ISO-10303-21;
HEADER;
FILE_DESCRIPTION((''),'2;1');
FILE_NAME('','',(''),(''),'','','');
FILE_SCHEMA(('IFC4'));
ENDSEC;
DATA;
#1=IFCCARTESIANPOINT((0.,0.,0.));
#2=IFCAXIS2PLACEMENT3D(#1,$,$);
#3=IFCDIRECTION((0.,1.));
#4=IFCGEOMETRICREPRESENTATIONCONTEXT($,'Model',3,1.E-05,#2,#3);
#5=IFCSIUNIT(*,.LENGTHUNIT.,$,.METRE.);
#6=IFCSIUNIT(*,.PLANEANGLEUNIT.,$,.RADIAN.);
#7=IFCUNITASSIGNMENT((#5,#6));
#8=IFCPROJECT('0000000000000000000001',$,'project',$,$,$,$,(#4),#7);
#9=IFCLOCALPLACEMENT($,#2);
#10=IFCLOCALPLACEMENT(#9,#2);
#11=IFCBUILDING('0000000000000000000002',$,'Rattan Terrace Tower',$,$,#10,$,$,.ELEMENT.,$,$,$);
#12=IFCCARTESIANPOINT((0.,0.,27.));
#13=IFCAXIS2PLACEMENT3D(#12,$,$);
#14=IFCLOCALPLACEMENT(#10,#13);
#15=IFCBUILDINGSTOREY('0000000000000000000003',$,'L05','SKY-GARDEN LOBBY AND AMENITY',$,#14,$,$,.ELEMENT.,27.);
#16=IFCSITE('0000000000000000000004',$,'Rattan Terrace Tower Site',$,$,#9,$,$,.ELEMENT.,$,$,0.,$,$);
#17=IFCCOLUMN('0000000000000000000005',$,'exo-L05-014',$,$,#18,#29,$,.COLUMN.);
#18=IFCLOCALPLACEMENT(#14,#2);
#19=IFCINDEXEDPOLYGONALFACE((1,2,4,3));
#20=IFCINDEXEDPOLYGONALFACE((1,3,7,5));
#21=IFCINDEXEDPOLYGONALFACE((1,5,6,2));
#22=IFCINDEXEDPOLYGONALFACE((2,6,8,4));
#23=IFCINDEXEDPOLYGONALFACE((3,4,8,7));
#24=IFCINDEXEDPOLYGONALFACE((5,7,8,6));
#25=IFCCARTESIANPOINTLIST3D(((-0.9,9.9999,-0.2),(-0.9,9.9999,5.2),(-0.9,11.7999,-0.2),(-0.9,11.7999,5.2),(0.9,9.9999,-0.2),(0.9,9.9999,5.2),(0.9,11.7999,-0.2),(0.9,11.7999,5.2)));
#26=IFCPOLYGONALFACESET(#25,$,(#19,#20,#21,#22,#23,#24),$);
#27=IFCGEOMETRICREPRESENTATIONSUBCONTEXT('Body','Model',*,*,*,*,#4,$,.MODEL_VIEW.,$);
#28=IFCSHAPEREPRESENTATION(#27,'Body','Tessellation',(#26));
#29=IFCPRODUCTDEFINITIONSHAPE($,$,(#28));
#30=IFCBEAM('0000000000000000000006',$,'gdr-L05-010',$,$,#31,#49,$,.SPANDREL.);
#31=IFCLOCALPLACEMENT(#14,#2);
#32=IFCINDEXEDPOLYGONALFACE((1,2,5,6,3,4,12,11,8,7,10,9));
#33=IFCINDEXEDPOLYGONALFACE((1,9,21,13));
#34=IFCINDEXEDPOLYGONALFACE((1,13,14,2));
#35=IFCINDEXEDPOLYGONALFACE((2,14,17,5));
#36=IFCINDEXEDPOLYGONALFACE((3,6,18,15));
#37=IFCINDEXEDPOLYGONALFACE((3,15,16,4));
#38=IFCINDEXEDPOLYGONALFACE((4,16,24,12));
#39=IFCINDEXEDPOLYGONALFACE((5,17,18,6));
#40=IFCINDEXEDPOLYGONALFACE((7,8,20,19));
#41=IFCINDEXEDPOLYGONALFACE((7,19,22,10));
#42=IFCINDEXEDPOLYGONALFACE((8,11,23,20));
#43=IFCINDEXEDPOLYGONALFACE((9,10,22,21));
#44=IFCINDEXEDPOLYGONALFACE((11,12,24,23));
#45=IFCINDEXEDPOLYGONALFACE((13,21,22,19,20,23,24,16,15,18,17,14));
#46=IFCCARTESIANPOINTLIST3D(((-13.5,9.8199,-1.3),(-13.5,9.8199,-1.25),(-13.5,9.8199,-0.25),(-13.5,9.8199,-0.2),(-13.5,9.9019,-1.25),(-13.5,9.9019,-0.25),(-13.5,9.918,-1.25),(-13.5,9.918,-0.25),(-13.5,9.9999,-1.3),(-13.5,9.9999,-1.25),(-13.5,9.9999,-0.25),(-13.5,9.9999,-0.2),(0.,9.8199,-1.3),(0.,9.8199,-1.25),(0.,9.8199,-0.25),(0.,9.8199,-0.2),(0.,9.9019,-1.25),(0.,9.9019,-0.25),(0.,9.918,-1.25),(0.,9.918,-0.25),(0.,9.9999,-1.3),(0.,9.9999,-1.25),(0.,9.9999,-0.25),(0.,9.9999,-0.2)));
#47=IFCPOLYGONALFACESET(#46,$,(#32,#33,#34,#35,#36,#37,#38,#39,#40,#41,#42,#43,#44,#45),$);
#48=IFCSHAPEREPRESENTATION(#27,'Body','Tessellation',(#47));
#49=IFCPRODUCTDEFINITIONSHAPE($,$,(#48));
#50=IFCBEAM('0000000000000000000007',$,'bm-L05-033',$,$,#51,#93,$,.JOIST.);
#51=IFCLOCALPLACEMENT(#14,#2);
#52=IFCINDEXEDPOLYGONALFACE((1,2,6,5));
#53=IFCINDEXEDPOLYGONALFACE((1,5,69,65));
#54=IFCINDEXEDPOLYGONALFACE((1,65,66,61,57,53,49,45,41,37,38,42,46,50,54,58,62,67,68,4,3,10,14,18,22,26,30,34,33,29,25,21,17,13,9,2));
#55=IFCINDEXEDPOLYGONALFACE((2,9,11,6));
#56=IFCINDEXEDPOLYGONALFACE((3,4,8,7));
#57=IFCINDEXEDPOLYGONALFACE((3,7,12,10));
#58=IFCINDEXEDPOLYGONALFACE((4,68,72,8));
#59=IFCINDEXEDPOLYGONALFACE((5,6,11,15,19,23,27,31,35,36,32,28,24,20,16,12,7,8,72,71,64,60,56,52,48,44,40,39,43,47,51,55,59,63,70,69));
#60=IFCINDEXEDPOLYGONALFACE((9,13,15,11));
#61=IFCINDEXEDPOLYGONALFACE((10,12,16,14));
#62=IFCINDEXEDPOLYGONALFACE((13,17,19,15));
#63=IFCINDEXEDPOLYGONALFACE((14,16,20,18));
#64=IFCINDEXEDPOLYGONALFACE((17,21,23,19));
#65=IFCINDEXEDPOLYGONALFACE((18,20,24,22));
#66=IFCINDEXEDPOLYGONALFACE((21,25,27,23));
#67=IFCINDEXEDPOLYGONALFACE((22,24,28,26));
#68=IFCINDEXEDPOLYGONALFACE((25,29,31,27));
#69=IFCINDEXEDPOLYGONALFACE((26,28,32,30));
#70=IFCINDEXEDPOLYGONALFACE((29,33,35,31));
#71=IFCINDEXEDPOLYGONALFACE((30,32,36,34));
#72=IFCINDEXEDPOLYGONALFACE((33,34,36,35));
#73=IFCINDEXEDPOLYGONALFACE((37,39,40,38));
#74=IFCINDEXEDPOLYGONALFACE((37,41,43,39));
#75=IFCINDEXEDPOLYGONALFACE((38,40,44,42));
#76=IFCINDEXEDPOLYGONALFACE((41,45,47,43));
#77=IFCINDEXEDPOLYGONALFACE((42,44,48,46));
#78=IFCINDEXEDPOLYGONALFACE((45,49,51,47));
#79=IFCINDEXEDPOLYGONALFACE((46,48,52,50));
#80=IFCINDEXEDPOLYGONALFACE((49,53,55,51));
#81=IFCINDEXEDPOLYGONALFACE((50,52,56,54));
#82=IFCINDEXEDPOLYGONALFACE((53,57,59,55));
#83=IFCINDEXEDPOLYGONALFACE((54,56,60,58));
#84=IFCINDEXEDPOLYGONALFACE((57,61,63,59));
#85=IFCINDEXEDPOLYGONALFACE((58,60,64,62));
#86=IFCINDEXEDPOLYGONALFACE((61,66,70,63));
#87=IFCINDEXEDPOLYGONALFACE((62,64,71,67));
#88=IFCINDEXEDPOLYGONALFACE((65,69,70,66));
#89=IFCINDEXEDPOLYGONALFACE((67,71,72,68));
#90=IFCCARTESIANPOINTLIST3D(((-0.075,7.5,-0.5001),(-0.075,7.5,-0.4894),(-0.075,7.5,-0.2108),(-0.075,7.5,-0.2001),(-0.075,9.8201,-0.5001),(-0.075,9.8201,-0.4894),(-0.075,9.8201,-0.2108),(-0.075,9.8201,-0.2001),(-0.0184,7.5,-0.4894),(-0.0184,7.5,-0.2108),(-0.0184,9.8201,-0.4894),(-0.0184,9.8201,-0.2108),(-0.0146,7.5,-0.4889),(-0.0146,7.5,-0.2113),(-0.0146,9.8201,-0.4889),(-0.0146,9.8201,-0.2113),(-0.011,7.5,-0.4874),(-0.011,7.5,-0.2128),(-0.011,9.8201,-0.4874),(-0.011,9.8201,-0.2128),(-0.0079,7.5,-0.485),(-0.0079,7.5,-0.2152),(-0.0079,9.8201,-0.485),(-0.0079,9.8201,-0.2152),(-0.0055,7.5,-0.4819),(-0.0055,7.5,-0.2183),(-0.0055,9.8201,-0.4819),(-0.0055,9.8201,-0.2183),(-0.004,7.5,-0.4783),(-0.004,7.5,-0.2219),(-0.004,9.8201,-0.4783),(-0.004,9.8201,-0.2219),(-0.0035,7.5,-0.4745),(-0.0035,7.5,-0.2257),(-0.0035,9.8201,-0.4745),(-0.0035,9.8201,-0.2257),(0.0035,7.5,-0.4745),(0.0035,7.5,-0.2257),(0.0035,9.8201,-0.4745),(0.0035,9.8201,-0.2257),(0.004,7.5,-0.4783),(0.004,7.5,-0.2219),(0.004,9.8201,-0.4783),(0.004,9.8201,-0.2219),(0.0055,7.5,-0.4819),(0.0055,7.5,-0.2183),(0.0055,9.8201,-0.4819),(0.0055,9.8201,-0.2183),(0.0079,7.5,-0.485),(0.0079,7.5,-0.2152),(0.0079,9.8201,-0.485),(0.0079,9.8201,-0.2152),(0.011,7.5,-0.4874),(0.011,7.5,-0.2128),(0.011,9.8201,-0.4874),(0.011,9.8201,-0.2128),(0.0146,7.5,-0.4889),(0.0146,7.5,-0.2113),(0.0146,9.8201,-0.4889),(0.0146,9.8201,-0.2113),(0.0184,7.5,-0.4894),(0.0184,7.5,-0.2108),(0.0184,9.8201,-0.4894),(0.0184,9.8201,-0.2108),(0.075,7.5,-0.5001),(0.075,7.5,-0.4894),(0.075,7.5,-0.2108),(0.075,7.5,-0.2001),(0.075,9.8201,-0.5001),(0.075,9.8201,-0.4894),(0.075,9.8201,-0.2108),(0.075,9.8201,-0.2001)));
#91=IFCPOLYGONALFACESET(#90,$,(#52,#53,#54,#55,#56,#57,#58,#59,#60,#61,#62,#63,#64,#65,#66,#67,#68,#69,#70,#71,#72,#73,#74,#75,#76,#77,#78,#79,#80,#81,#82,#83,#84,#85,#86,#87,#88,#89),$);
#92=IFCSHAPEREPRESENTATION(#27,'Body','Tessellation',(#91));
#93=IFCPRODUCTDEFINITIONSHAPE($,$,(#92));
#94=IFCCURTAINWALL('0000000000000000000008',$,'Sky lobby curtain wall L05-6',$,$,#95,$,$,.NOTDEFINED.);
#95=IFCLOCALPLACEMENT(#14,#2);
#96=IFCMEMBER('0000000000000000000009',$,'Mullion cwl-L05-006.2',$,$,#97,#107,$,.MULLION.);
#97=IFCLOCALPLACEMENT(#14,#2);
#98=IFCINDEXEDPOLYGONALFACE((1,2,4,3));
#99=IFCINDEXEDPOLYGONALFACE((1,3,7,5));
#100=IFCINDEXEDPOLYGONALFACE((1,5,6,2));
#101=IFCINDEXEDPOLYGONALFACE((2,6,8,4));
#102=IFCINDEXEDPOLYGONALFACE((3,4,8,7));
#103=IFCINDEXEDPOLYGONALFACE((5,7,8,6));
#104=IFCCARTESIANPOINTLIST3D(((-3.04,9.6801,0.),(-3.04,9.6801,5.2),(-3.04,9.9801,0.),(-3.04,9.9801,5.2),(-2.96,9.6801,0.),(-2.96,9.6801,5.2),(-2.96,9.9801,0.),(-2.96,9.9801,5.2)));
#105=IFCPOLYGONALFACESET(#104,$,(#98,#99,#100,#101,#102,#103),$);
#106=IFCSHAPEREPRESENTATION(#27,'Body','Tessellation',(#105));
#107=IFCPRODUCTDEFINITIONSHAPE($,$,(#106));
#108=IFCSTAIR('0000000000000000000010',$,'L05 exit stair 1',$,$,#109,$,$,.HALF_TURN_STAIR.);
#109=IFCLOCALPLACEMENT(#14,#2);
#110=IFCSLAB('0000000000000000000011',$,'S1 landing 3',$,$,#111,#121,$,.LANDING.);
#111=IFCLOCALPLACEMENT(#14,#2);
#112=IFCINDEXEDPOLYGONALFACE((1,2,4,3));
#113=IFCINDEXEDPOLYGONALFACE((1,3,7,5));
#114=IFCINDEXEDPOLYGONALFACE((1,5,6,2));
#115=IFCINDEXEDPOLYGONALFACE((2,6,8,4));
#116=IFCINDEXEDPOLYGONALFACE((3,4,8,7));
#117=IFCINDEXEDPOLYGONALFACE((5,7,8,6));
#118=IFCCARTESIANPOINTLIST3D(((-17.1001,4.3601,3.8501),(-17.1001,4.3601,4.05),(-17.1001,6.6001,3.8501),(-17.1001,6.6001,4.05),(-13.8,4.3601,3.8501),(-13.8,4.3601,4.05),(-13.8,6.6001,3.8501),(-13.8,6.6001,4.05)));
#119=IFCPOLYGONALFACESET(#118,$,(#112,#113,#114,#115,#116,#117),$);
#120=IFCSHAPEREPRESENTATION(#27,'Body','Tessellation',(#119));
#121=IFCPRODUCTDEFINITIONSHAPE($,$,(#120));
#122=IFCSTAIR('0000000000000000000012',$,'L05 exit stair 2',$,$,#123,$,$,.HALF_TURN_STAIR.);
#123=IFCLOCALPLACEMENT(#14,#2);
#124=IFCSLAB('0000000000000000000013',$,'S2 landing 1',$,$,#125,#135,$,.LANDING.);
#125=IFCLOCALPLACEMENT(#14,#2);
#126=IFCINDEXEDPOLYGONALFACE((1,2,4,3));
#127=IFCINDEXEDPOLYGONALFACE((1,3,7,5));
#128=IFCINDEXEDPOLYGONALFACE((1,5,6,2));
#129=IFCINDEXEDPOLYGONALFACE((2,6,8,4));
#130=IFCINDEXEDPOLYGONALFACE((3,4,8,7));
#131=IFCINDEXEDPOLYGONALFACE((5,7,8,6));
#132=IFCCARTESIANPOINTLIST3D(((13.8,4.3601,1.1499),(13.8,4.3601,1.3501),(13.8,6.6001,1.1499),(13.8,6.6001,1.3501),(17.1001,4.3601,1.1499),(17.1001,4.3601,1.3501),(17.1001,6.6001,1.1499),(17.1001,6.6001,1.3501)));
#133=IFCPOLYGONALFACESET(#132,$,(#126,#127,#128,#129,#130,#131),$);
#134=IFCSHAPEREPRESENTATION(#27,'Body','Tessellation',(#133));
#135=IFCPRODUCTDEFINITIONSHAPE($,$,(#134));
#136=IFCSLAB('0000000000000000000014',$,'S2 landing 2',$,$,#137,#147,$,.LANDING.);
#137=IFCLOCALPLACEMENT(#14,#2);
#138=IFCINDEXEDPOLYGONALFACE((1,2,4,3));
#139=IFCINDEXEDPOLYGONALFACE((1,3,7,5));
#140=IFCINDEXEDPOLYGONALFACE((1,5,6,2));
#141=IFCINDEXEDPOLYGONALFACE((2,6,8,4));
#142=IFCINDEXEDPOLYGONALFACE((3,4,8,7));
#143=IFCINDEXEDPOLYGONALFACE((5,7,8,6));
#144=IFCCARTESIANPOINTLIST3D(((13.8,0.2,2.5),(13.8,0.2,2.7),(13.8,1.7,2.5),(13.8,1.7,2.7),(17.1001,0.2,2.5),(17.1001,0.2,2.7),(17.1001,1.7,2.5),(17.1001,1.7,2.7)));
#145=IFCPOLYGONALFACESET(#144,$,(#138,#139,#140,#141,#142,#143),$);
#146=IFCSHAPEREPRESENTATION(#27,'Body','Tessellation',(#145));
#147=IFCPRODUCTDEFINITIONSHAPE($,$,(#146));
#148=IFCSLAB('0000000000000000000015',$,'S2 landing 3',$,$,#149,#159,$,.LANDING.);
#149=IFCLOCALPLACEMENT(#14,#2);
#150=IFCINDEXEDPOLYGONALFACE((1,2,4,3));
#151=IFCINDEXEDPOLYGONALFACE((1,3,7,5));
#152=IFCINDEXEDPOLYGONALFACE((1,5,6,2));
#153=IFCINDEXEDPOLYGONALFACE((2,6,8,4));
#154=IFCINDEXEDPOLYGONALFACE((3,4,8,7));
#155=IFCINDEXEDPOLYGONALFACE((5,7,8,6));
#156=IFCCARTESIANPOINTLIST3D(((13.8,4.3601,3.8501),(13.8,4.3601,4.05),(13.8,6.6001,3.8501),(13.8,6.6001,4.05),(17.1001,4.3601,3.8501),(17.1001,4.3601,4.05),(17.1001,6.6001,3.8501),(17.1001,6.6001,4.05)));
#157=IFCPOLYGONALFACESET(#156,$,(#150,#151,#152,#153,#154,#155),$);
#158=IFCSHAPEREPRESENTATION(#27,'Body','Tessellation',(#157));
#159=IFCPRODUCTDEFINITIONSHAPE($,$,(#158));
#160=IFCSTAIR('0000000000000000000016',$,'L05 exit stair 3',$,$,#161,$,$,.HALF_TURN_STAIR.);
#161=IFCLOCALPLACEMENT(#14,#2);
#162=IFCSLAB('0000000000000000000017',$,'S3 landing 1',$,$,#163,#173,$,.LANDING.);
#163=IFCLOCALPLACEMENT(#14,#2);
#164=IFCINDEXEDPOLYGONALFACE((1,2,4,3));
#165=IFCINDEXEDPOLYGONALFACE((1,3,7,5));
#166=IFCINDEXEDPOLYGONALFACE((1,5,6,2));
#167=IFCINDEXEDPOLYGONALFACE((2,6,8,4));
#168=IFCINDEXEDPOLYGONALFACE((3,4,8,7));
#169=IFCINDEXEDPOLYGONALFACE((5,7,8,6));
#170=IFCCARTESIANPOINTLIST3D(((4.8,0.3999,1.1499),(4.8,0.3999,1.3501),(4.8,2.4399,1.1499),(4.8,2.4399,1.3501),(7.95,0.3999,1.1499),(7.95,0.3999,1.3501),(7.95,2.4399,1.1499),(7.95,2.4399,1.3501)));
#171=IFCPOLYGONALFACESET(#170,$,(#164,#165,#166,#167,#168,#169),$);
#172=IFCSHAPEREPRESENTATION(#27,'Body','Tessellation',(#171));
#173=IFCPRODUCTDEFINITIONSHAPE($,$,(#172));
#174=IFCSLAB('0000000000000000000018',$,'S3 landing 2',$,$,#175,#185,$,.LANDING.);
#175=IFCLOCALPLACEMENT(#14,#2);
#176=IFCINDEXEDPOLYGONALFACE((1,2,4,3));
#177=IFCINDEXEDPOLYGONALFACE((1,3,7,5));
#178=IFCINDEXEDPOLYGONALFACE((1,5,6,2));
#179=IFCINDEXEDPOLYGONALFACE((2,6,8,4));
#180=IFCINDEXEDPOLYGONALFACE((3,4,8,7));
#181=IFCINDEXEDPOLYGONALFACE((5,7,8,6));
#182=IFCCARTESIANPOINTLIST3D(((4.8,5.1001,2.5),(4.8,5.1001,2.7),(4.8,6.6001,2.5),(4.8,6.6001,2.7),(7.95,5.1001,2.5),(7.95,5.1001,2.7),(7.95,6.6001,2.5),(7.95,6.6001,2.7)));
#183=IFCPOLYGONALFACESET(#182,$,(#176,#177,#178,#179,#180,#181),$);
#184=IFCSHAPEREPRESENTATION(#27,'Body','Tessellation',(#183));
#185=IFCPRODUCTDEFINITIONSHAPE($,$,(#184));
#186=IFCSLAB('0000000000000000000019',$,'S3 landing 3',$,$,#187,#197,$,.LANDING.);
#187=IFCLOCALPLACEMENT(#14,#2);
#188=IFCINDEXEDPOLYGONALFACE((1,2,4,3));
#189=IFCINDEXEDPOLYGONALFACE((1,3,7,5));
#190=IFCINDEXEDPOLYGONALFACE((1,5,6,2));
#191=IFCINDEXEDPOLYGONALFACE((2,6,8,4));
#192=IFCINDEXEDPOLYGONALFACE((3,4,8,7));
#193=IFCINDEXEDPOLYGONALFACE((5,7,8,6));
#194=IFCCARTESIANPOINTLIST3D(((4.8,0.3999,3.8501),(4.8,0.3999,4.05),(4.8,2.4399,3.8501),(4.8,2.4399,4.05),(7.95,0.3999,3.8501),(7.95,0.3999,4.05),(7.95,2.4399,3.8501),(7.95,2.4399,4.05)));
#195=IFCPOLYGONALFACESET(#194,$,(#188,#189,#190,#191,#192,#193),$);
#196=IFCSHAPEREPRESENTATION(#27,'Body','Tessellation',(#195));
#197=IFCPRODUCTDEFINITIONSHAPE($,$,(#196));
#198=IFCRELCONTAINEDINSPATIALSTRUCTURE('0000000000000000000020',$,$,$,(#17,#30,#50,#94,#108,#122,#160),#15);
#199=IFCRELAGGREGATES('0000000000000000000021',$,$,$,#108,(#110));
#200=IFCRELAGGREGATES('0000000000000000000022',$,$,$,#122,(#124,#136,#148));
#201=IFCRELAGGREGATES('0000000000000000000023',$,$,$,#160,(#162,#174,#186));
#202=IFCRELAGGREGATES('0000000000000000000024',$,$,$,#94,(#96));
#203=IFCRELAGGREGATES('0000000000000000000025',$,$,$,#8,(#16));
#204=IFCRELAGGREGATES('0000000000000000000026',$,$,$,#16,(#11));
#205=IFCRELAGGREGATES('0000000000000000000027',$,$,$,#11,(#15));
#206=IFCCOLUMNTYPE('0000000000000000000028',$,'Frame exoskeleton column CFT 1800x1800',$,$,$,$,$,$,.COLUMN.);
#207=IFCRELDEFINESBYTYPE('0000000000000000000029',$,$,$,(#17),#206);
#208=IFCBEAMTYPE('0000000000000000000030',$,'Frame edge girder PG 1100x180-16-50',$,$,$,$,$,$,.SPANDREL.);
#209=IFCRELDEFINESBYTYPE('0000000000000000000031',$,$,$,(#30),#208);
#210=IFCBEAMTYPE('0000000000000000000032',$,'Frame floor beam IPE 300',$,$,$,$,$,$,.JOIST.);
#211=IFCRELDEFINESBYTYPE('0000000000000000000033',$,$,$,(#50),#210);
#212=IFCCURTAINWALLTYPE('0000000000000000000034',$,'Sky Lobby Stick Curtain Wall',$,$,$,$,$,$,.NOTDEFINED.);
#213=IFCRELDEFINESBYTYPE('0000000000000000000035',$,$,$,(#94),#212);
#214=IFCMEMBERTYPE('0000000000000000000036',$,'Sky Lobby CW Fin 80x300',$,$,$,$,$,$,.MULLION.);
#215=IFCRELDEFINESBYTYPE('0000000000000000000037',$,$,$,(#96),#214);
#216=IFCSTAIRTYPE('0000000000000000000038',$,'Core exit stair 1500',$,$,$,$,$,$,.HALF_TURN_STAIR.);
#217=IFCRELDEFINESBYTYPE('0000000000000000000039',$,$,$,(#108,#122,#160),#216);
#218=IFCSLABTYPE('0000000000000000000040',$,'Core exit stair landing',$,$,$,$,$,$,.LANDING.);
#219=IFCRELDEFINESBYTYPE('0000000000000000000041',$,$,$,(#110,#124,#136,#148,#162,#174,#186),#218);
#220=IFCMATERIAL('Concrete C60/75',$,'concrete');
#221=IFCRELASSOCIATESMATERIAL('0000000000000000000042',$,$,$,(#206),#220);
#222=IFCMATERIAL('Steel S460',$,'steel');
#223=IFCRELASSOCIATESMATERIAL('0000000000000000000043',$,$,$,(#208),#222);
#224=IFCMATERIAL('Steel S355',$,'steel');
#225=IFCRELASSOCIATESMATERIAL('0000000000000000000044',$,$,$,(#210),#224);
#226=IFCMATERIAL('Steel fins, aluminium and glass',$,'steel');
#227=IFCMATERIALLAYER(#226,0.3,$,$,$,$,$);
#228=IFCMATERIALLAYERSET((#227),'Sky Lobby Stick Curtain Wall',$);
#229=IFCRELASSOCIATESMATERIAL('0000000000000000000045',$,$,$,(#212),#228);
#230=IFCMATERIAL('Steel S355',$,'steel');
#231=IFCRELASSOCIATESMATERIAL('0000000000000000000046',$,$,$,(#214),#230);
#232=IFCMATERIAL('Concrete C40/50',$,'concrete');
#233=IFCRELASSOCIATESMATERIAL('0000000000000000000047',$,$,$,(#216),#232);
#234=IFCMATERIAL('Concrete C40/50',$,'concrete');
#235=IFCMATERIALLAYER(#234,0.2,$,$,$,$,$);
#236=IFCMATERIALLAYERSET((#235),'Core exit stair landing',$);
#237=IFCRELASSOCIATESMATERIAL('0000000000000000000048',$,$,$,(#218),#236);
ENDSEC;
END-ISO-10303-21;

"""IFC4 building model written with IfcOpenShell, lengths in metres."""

from ifc_helpers import new_model, si_unit, direction, frame, origin, origin_2d, place, context, subcontext, project, spatial, polyline, rectangle, i_section, outline, extrude, material, layer, layer_set, material_profile, profile_set, type_object, element, aggregate, save


model = new_model("IFC4")

# Units and contexts
model_context = context("Model", 3, precision=1e-05, world=origin(), true_north=direction((0.0, 1.0)))
body_context = subcontext(model_context, "Body", "Model", "MODEL_VIEW")
ifc_project = project(units=[si_unit("LENGTHUNIT", "METRE"), si_unit("PLANEANGLEUNIT", "RADIAN")], contexts=[model_context])

# Site, building, storey
site_placement = place(None, origin())
site = spatial("IfcSite", under=ifc_project, at=site_placement, Name="Rattan Terrace Tower Site", CompositionType="ELEMENT", RefElevation=0.0)
building_placement = place(site_placement, origin())
building = spatial("IfcBuilding", under=site, at=building_placement, Name="Rattan Terrace Tower", CompositionType="ELEMENT")
storey_placement = place(building_placement, frame((0.0, 0.0, 27.0)))
storey = spatial("IfcBuildingStorey", under=building, at=storey_placement, Name="L05", Description="SKY-GARDEN LOBBY AND AMENITY", CompositionType="ELEMENT", Elevation=27.0)

# Column
ifc_material_1 = material(Name="Concrete C60/75", Category="concrete")
ifc_material_profile_1 = material_profile(ifc_material_1, rectangle(XDim=1.8, YDim=1.8, at=origin_2d()), Name="CFT 1800x1800")
ifc_profile_set_1 = profile_set([ifc_material_profile_1], Name="Concrete C60/75")
column_type = type_object("IfcColumnType", Name="Frame exoskeleton column CFT 1800x1800", PredefinedType="COLUMN", material=ifc_profile_set_1)
column_placement = place(storey_placement, frame((0.0, 10.8999, -0.2), z_axis=(0.0, 0.0, 1.0), x_axis=(1.0, 0.0, 0.0)))
element("IfcColumn", 1, at=column_placement, inside=storey, type_object=column_type, Name="exo-L05-014", PredefinedType="COLUMN", context=body_context, shape_type="SweptSolid", body=[
    extrude(rectangle(XDim=1.8, YDim=1.8, at=origin_2d()), origin(), (0.0, 0.0, 1.0), 5.3999),
])

# Beams
ifc_material_2 = material(Name="Steel S460", Category="steel")
ifc_material_profile_2 = material_profile(ifc_material_2, i_section(OverallWidth=0.1799, OverallDepth=1.1001, WebThickness=0.0161, FlangeThickness=0.05, at=origin_2d()), Name="PG 1100x180-16-50")
ifc_profile_set_2 = profile_set([ifc_material_profile_2], Name="Steel S460")
beam_type_1 = type_object("IfcBeamType", Name="Frame edge girder PG 1100x180-16-50", PredefinedType="SPANDREL", material=ifc_profile_set_2)
beam_1_placement = place(storey_placement, frame((0.0, 9.9099, -0.75), z_axis=(-1.0, 0.0, 0.0), x_axis=(0.0, -1.0, 0.0)))
element("IfcBeam", 2, at=beam_1_placement, inside=storey, type_object=beam_type_1, Name="gdr-L05-010", PredefinedType="SPANDREL", context=body_context, shape_type="SweptSolid", body=[
    extrude(i_section(OverallWidth=0.1799, OverallDepth=1.1001, WebThickness=0.0161, FlangeThickness=0.05, at=origin_2d()), origin(), (0.0, 0.0, 1.0), 13.5),
])
ifc_material_3 = material(Name="Steel S355", Category="steel")
ifc_material_profile_3 = material_profile(ifc_material_3, i_section(OverallWidth=0.1499, OverallDepth=0.3, WebThickness=0.0071, FlangeThickness=0.0107, FilletRadius=0.0149, at=origin_2d()), Name="IPE 300")
ifc_profile_set_3 = profile_set([ifc_material_profile_3], Name="Steel S355")
beam_type_2 = type_object("IfcBeamType", Name="Frame floor beam IPE 300", PredefinedType="JOIST", material=ifc_profile_set_3)
beam_2_placement = place(storey_placement, frame((0.0, 7.5, -0.3501), z_axis=(0.0, 1.0, 0.0), x_axis=(-1.0, 0.0, 0.0)))
element("IfcBeam", 3, at=beam_2_placement, inside=storey, type_object=beam_type_2, Name="bm-L05-033", PredefinedType="JOIST", context=body_context, shape_type="SweptSolid", body=[
    extrude(i_section(OverallWidth=0.1499, OverallDepth=0.3, WebThickness=0.0071, FlangeThickness=0.0107, FilletRadius=0.0149, at=origin_2d()), origin(), (0.0, 0.0, 1.0), 2.3201),
])

# Curtain wall, member
ifc_material_4 = material(Name="Steel fins, aluminium and glass", Category="steel")
ifc_layer_1 = layer(ifc_material_4, 0.3)
ifc_layer_set_1 = layer_set([ifc_layer_1], Name="Sky Lobby Stick Curtain Wall")
curtain_wall_type = type_object("IfcCurtainWallType", Name="Sky Lobby Stick Curtain Wall", PredefinedType="NOTDEFINED", material=ifc_layer_set_1)
curtain_wall_placement = place(storey_placement, origin())
curtain_wall = element("IfcCurtainWall", 4, at=curtain_wall_placement, inside=storey, type_object=curtain_wall_type, Name="Sky lobby curtain wall L05-6", PredefinedType="NOTDEFINED")
ifc_material_5 = material(Name="Steel S355", Category="steel")
ifc_material_profile_4 = material_profile(ifc_material_5, rectangle(XDim=0.0801, YDim=0.3, at=origin_2d()), Name="Steel S355 80x300")
ifc_profile_set_4 = profile_set([ifc_material_profile_4], Name="Steel S355")
member_type = type_object("IfcMemberType", Name="Sky Lobby CW Fin 80x300", PredefinedType="MULLION", material=ifc_profile_set_4)
member_placement = place(storey_placement, frame((-3.0, 9.8301, 0.0), z_axis=(0.0, 0.0, 1.0), x_axis=(-1.0, 0.0, 0.0)))
member = element("IfcMember", 5, at=member_placement, type_object=member_type, Name="Mullion cwl-L05-006.2", PredefinedType="MULLION", context=body_context, shape_type="SweptSolid", body=[
    extrude(rectangle(XDim=0.0801, YDim=0.3, at=origin_2d()), origin(), (0.0, 0.0, 1.0), 5.2),
])

# Stair, slab
ifc_material_6 = material(Name="Concrete C40/50", Category="concrete")
stair_type = type_object("IfcStairType", Name="Core exit stair 1500", PredefinedType="HALF_TURN_STAIR", material=ifc_material_6)
stair_1_placement = place(storey_placement, origin())
stair_1 = element("IfcStair", 6, at=stair_1_placement, inside=storey, type_object=stair_type, Name="L05 exit stair 1", PredefinedType="HALF_TURN_STAIR")
ifc_material_7 = material(Name="Concrete C40/50", Category="concrete")
ifc_layer_2 = layer(ifc_material_7, 0.2)
ifc_layer_set_2 = layer_set([ifc_layer_2], Name="Core exit stair landing")
slab_type = type_object("IfcSlabType", Name="Core exit stair landing", PredefinedType="LANDING", material=ifc_layer_set_2)
slab_1_placement = place(storey_placement, frame((0.0, 0.0, 3.8501)))
slab_1 = element("IfcSlab", 7, at=slab_1_placement, type_object=slab_type, Name="S1 landing 3", PredefinedType="LANDING", context=body_context, shape_type="SweptSolid", body=[
    extrude(outline(polyline([(-13.8, 4.3601), (-13.8, 6.6001), (-17.1001, 6.6001), (-17.1001, 4.3601), (-13.8, 4.3601)])), origin(), (0.0, 0.0, 1.0), 0.2),
])
aggregate(stair_1, [slab_1])

# Stairs, slabs
stair_2_placement = place(storey_placement, origin())
stair_2 = element("IfcStair", 8, at=stair_2_placement, inside=storey, type_object=stair_type, Name="L05 exit stair 2", PredefinedType="HALF_TURN_STAIR")
slab_2_placement = place(storey_placement, frame((0.0, 0.0, 1.1499)))
slab_2 = element("IfcSlab", 9, at=slab_2_placement, type_object=slab_type, Name="S2 landing 1", PredefinedType="LANDING", context=body_context, shape_type="SweptSolid", body=[
    extrude(outline(polyline([(17.1001, 4.3601), (17.1001, 6.6001), (13.8, 6.6001), (13.8, 4.3601), (17.1001, 4.3601)])), origin(), (0.0, 0.0, 1.0), 0.2002),
])
slab_3_placement = place(storey_placement, frame((0.0, 0.0, 2.5)))
slab_3 = element("IfcSlab", 10, at=slab_3_placement, type_object=slab_type, Name="S2 landing 2", PredefinedType="LANDING", context=body_context, shape_type="SweptSolid", body=[
    extrude(outline(polyline([(17.1001, 0.2), (17.1001, 1.7), (13.8, 1.7), (13.8, 0.2), (17.1001, 0.2)])), origin(), (0.0, 0.0, 1.0), 0.2),
])
slab_4_placement = place(storey_placement, frame((0.0, 0.0, 3.8501)))
slab_4 = element("IfcSlab", 11, at=slab_4_placement, type_object=slab_type, Name="S2 landing 3", PredefinedType="LANDING", context=body_context, shape_type="SweptSolid", body=[
    extrude(outline(polyline([(17.1001, 4.3601), (17.1001, 6.6001), (13.8, 6.6001), (13.8, 4.3601), (17.1001, 4.3601)])), origin(), (0.0, 0.0, 1.0), 0.2),
])
aggregate(stair_2, [slab_2, slab_3, slab_4])
stair_3_placement = place(storey_placement, origin())
stair_3 = element("IfcStair", 12, at=stair_3_placement, inside=storey, type_object=stair_type, Name="L05 exit stair 3", PredefinedType="HALF_TURN_STAIR")
slab_5_placement = place(storey_placement, frame((0.0, 0.0, 1.1499)))
slab_5 = element("IfcSlab", 13, at=slab_5_placement, type_object=slab_type, Name="S3 landing 1", PredefinedType="LANDING", context=body_context, shape_type="SweptSolid", body=[
    extrude(outline(polyline([(4.8, 2.4399), (4.8, 0.3999), (7.95, 0.3999), (7.95, 2.4399), (4.8, 2.4399)])), origin(), (0.0, 0.0, 1.0), 0.2002),
])
slab_6_placement = place(storey_placement, frame((0.0, 0.0, 2.5)))
slab_6 = element("IfcSlab", 14, at=slab_6_placement, type_object=slab_type, Name="S3 landing 2", PredefinedType="LANDING", context=body_context, shape_type="SweptSolid", body=[
    extrude(outline(polyline([(4.8, 6.6001), (4.8, 5.1001), (7.95, 5.1001), (7.95, 6.6001), (4.8, 6.6001)])), origin(), (0.0, 0.0, 1.0), 0.2),
])
slab_7_placement = place(storey_placement, frame((0.0, 0.0, 3.8501)))
slab_7 = element("IfcSlab", 15, at=slab_7_placement, type_object=slab_type, Name="S3 landing 3", PredefinedType="LANDING", context=body_context, shape_type="SweptSolid", body=[
    extrude(outline(polyline([(4.8, 2.4399), (4.8, 0.3999), (7.95, 0.3999), (7.95, 2.4399), (4.8, 2.4399)])), origin(), (0.0, 0.0, 1.0), 0.2),
])
aggregate(stair_3, [slab_5, slab_6, slab_7])

aggregate(curtain_wall, [member])

save(model, "model.ifc")
